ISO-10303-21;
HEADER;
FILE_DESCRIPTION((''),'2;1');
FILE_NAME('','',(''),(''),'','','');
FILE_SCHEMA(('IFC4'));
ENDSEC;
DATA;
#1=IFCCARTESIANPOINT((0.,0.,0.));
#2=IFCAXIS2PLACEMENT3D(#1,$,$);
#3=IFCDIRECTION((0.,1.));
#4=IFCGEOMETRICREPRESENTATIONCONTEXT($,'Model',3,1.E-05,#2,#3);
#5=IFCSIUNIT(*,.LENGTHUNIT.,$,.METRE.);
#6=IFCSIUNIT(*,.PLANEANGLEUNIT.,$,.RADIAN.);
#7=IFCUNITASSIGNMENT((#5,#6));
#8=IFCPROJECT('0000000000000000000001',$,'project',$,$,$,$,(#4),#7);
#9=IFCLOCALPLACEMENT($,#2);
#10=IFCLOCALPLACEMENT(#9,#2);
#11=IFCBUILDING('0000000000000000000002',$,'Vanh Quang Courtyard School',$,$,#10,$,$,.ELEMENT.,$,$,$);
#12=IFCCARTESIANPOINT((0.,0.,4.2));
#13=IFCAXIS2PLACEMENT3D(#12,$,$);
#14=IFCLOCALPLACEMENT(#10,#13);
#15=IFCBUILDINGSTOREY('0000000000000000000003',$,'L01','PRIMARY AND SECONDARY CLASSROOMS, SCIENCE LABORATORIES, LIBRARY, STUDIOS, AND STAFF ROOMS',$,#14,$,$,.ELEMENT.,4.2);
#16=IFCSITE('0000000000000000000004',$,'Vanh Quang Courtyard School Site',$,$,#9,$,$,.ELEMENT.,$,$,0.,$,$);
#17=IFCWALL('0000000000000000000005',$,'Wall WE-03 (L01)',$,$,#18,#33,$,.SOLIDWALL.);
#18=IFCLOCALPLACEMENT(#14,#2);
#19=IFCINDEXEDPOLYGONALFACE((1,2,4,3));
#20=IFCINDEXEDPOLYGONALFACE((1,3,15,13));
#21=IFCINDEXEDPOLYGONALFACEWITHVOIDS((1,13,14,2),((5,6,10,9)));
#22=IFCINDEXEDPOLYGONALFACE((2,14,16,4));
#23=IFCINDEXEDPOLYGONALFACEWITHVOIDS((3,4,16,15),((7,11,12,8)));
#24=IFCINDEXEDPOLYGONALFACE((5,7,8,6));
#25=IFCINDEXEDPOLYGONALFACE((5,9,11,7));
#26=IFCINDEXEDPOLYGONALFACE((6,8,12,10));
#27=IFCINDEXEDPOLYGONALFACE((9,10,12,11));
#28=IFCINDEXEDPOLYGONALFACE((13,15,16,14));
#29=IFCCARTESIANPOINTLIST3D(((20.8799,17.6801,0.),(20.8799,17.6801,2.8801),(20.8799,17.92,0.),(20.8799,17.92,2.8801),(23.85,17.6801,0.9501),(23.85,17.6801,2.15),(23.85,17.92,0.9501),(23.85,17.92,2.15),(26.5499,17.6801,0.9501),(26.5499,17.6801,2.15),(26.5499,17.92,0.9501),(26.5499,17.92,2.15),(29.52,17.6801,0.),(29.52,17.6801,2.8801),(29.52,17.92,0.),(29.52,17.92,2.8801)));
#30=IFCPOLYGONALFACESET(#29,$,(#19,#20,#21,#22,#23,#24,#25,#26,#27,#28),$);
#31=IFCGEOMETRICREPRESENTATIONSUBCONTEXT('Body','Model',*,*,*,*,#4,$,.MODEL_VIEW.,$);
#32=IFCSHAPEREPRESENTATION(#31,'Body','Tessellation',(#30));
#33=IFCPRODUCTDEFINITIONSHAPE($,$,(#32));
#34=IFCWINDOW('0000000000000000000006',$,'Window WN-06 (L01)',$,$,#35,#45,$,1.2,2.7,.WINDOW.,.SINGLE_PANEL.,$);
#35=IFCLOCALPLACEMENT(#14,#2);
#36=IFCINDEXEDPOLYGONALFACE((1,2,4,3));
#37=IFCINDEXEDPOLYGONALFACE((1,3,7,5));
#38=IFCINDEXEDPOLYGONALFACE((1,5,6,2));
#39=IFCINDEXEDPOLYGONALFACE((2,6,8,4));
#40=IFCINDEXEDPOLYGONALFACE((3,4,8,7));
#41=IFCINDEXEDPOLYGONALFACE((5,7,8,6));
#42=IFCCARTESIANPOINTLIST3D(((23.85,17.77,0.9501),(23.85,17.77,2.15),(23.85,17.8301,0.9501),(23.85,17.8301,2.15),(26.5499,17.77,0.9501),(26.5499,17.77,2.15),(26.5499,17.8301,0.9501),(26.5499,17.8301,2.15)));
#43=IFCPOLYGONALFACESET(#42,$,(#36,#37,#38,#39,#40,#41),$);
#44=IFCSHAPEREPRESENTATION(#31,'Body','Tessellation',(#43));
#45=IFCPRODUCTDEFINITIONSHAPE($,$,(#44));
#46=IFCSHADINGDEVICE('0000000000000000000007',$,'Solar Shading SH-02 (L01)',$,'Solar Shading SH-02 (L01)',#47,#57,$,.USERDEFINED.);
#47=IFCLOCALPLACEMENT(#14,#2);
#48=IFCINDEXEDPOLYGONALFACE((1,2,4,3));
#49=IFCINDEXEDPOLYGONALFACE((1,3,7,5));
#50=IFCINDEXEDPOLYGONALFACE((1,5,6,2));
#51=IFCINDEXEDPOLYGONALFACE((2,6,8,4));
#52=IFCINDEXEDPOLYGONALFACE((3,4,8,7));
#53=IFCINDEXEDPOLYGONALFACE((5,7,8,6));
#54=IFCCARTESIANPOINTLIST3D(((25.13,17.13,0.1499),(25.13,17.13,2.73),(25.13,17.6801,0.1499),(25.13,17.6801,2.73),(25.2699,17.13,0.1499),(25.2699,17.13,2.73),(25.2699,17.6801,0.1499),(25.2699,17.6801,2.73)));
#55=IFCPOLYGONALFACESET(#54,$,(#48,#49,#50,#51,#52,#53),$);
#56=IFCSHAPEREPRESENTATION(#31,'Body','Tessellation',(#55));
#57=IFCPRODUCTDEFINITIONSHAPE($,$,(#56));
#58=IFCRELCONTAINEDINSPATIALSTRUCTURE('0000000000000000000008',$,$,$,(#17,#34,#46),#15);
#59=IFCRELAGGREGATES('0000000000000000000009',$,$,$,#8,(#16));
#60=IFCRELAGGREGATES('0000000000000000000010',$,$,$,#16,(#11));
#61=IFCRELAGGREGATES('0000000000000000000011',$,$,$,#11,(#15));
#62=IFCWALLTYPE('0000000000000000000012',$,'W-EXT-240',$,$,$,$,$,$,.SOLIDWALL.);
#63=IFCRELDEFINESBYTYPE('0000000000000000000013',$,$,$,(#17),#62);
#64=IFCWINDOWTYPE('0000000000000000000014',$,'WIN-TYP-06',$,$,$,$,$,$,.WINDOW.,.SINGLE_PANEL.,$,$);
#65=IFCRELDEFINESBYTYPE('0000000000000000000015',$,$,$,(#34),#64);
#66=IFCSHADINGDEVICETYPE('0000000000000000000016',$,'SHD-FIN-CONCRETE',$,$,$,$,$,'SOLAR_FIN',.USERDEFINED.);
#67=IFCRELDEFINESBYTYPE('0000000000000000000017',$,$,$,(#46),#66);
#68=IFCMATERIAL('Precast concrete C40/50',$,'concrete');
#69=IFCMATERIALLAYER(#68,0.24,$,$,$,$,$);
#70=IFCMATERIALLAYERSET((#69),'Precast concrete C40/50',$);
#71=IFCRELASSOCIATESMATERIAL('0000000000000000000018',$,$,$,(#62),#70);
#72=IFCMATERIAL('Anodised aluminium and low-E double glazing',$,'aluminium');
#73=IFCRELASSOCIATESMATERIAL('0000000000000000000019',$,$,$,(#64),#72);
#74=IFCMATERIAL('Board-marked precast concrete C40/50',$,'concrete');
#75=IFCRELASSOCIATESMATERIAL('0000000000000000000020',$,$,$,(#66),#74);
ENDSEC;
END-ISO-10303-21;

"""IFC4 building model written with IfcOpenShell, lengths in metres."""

from ifc_helpers import new_model, si_unit, direction, frame, frame_2d, origin, origin_2d, place, context, subcontext, project, spatial, rectangle, extrude, material, layer, layer_set, type_object, element, fill, save


model = new_model("IFC4")

# Units and contexts
model_context = context("Model", 3, precision=1e-05, world=origin(), true_north=direction((0.0, 1.0)))
body_context = subcontext(model_context, "Body", "Model", "MODEL_VIEW")
ifc_project = project(units=[si_unit("LENGTHUNIT", "METRE"), si_unit("PLANEANGLEUNIT", "RADIAN")], contexts=[model_context])

# Site, building, storey
site_placement = place(None, origin())
site = spatial("IfcSite", under=ifc_project, at=site_placement, Name="Vanh Quang Courtyard School Site", CompositionType="ELEMENT", RefElevation=0.0)
building_placement = place(site_placement, origin())
building = spatial("IfcBuilding", under=site, at=building_placement, Name="Vanh Quang Courtyard School", CompositionType="ELEMENT")
storey_placement = place(building_placement, frame((0.0, 0.0, 4.2)))
storey = spatial("IfcBuildingStorey", under=building, at=storey_placement, Name="L01", Description="PRIMARY AND SECONDARY CLASSROOMS, SCIENCE LABORATORIES, LIBRARY, STUDIOS, AND STAFF ROOMS", CompositionType="ELEMENT", Elevation=4.2)

# Wall, opening, window
ifc_material_1 = material(Name="Precast concrete C40/50", Category="concrete")
ifc_layer_1 = layer(ifc_material_1, 0.24)
ifc_layer_set_1 = layer_set([ifc_layer_1], Name="Precast concrete C40/50")
wall_type = type_object("IfcWallType", Name="W-EXT-240", PredefinedType="SOLIDWALL", material=ifc_layer_set_1)
wall_placement = place(storey_placement, frame((29.52, 17.8, 0.0), z_axis=(0.0, 0.0, 1.0), x_axis=(-1.0, 0.0, 0.0)))
wall = element("IfcWall", 1, at=wall_placement, inside=storey, type_object=wall_type, Name="Wall WE-03 (L01)", PredefinedType="SOLIDWALL", context=body_context, shape_type="SweptSolid", body=[
    extrude(rectangle(XDim=8.6401, YDim=0.24, at=frame_2d((4.3201, 0.0))), origin(), (0.0, 0.0, 1.0), 2.8801),
])
opening_placement = place(wall_placement, frame((2.97, 0.0, 0.95)))
opening = element("IfcOpeningElement", 2, at=opening_placement, cuts=wall, PredefinedType="OPENING", context=body_context, shape_type="SweptSolid", body=[
    extrude(rectangle(XDim=2.7, YDim=1.2, at=frame_2d((1.3501, 0.6001))), frame((0.0, 0.1299, 0.0), z_axis=(0.0, -1.0, 0.0), x_axis=(1.0, 0.0, 0.0)), (0.0, 0.0, 1.0), 0.26),
])
ifc_material_2 = material(Name="Anodised aluminium and low-E double glazing", Category="aluminium")
window_type = type_object("IfcWindowType", Name="WIN-TYP-06", PartitioningType="SINGLE_PANEL", PredefinedType="WINDOW", material=ifc_material_2)
window_placement = place(opening_placement, origin())
window = element("IfcWindow", 3, at=window_placement, inside=storey, type_object=window_type, Name="Window WN-06 (L01)", OverallHeight=1.2, OverallWidth=2.7, PartitioningType="SINGLE_PANEL", PredefinedType="WINDOW", context=body_context, shape_type="SweptSolid", body=[
    extrude(rectangle(XDim=2.7, YDim=1.2, at=frame_2d((1.3501, 0.6001))), frame((0.0, 0.03, 0.0), z_axis=(0.0, -1.0, 0.0), x_axis=(1.0, 0.0, 0.0)), (0.0, 0.0, 1.0), 0.0601),
])
fill(opening, window)

# Shading device
ifc_material_3 = material(Name="Board-marked precast concrete C40/50", Category="concrete")
shading_device_type = type_object("IfcShadingDeviceType", Name="SHD-FIN-CONCRETE", ElementType="SOLAR_FIN", PredefinedType="USERDEFINED", material=ifc_material_3)
shading_device_placement = place(storey_placement, frame((25.2, 17.405, 0.1499), z_axis=(0.0, 0.0, 1.0), x_axis=(-1.0, 0.0, 0.0)))
element("IfcShadingDevice", 4, at=shading_device_placement, inside=storey, type_object=shading_device_type, Name="Solar Shading SH-02 (L01)", ObjectType="Solar Shading SH-02 (L01)", PredefinedType="USERDEFINED", context=body_context, shape_type="SweptSolid", body=[
    extrude(rectangle(XDim=0.1399, YDim=0.55, at=origin_2d()), origin(), (0.0, 0.0, 1.0), 2.5801),
])

save(model, "model.ifc")
